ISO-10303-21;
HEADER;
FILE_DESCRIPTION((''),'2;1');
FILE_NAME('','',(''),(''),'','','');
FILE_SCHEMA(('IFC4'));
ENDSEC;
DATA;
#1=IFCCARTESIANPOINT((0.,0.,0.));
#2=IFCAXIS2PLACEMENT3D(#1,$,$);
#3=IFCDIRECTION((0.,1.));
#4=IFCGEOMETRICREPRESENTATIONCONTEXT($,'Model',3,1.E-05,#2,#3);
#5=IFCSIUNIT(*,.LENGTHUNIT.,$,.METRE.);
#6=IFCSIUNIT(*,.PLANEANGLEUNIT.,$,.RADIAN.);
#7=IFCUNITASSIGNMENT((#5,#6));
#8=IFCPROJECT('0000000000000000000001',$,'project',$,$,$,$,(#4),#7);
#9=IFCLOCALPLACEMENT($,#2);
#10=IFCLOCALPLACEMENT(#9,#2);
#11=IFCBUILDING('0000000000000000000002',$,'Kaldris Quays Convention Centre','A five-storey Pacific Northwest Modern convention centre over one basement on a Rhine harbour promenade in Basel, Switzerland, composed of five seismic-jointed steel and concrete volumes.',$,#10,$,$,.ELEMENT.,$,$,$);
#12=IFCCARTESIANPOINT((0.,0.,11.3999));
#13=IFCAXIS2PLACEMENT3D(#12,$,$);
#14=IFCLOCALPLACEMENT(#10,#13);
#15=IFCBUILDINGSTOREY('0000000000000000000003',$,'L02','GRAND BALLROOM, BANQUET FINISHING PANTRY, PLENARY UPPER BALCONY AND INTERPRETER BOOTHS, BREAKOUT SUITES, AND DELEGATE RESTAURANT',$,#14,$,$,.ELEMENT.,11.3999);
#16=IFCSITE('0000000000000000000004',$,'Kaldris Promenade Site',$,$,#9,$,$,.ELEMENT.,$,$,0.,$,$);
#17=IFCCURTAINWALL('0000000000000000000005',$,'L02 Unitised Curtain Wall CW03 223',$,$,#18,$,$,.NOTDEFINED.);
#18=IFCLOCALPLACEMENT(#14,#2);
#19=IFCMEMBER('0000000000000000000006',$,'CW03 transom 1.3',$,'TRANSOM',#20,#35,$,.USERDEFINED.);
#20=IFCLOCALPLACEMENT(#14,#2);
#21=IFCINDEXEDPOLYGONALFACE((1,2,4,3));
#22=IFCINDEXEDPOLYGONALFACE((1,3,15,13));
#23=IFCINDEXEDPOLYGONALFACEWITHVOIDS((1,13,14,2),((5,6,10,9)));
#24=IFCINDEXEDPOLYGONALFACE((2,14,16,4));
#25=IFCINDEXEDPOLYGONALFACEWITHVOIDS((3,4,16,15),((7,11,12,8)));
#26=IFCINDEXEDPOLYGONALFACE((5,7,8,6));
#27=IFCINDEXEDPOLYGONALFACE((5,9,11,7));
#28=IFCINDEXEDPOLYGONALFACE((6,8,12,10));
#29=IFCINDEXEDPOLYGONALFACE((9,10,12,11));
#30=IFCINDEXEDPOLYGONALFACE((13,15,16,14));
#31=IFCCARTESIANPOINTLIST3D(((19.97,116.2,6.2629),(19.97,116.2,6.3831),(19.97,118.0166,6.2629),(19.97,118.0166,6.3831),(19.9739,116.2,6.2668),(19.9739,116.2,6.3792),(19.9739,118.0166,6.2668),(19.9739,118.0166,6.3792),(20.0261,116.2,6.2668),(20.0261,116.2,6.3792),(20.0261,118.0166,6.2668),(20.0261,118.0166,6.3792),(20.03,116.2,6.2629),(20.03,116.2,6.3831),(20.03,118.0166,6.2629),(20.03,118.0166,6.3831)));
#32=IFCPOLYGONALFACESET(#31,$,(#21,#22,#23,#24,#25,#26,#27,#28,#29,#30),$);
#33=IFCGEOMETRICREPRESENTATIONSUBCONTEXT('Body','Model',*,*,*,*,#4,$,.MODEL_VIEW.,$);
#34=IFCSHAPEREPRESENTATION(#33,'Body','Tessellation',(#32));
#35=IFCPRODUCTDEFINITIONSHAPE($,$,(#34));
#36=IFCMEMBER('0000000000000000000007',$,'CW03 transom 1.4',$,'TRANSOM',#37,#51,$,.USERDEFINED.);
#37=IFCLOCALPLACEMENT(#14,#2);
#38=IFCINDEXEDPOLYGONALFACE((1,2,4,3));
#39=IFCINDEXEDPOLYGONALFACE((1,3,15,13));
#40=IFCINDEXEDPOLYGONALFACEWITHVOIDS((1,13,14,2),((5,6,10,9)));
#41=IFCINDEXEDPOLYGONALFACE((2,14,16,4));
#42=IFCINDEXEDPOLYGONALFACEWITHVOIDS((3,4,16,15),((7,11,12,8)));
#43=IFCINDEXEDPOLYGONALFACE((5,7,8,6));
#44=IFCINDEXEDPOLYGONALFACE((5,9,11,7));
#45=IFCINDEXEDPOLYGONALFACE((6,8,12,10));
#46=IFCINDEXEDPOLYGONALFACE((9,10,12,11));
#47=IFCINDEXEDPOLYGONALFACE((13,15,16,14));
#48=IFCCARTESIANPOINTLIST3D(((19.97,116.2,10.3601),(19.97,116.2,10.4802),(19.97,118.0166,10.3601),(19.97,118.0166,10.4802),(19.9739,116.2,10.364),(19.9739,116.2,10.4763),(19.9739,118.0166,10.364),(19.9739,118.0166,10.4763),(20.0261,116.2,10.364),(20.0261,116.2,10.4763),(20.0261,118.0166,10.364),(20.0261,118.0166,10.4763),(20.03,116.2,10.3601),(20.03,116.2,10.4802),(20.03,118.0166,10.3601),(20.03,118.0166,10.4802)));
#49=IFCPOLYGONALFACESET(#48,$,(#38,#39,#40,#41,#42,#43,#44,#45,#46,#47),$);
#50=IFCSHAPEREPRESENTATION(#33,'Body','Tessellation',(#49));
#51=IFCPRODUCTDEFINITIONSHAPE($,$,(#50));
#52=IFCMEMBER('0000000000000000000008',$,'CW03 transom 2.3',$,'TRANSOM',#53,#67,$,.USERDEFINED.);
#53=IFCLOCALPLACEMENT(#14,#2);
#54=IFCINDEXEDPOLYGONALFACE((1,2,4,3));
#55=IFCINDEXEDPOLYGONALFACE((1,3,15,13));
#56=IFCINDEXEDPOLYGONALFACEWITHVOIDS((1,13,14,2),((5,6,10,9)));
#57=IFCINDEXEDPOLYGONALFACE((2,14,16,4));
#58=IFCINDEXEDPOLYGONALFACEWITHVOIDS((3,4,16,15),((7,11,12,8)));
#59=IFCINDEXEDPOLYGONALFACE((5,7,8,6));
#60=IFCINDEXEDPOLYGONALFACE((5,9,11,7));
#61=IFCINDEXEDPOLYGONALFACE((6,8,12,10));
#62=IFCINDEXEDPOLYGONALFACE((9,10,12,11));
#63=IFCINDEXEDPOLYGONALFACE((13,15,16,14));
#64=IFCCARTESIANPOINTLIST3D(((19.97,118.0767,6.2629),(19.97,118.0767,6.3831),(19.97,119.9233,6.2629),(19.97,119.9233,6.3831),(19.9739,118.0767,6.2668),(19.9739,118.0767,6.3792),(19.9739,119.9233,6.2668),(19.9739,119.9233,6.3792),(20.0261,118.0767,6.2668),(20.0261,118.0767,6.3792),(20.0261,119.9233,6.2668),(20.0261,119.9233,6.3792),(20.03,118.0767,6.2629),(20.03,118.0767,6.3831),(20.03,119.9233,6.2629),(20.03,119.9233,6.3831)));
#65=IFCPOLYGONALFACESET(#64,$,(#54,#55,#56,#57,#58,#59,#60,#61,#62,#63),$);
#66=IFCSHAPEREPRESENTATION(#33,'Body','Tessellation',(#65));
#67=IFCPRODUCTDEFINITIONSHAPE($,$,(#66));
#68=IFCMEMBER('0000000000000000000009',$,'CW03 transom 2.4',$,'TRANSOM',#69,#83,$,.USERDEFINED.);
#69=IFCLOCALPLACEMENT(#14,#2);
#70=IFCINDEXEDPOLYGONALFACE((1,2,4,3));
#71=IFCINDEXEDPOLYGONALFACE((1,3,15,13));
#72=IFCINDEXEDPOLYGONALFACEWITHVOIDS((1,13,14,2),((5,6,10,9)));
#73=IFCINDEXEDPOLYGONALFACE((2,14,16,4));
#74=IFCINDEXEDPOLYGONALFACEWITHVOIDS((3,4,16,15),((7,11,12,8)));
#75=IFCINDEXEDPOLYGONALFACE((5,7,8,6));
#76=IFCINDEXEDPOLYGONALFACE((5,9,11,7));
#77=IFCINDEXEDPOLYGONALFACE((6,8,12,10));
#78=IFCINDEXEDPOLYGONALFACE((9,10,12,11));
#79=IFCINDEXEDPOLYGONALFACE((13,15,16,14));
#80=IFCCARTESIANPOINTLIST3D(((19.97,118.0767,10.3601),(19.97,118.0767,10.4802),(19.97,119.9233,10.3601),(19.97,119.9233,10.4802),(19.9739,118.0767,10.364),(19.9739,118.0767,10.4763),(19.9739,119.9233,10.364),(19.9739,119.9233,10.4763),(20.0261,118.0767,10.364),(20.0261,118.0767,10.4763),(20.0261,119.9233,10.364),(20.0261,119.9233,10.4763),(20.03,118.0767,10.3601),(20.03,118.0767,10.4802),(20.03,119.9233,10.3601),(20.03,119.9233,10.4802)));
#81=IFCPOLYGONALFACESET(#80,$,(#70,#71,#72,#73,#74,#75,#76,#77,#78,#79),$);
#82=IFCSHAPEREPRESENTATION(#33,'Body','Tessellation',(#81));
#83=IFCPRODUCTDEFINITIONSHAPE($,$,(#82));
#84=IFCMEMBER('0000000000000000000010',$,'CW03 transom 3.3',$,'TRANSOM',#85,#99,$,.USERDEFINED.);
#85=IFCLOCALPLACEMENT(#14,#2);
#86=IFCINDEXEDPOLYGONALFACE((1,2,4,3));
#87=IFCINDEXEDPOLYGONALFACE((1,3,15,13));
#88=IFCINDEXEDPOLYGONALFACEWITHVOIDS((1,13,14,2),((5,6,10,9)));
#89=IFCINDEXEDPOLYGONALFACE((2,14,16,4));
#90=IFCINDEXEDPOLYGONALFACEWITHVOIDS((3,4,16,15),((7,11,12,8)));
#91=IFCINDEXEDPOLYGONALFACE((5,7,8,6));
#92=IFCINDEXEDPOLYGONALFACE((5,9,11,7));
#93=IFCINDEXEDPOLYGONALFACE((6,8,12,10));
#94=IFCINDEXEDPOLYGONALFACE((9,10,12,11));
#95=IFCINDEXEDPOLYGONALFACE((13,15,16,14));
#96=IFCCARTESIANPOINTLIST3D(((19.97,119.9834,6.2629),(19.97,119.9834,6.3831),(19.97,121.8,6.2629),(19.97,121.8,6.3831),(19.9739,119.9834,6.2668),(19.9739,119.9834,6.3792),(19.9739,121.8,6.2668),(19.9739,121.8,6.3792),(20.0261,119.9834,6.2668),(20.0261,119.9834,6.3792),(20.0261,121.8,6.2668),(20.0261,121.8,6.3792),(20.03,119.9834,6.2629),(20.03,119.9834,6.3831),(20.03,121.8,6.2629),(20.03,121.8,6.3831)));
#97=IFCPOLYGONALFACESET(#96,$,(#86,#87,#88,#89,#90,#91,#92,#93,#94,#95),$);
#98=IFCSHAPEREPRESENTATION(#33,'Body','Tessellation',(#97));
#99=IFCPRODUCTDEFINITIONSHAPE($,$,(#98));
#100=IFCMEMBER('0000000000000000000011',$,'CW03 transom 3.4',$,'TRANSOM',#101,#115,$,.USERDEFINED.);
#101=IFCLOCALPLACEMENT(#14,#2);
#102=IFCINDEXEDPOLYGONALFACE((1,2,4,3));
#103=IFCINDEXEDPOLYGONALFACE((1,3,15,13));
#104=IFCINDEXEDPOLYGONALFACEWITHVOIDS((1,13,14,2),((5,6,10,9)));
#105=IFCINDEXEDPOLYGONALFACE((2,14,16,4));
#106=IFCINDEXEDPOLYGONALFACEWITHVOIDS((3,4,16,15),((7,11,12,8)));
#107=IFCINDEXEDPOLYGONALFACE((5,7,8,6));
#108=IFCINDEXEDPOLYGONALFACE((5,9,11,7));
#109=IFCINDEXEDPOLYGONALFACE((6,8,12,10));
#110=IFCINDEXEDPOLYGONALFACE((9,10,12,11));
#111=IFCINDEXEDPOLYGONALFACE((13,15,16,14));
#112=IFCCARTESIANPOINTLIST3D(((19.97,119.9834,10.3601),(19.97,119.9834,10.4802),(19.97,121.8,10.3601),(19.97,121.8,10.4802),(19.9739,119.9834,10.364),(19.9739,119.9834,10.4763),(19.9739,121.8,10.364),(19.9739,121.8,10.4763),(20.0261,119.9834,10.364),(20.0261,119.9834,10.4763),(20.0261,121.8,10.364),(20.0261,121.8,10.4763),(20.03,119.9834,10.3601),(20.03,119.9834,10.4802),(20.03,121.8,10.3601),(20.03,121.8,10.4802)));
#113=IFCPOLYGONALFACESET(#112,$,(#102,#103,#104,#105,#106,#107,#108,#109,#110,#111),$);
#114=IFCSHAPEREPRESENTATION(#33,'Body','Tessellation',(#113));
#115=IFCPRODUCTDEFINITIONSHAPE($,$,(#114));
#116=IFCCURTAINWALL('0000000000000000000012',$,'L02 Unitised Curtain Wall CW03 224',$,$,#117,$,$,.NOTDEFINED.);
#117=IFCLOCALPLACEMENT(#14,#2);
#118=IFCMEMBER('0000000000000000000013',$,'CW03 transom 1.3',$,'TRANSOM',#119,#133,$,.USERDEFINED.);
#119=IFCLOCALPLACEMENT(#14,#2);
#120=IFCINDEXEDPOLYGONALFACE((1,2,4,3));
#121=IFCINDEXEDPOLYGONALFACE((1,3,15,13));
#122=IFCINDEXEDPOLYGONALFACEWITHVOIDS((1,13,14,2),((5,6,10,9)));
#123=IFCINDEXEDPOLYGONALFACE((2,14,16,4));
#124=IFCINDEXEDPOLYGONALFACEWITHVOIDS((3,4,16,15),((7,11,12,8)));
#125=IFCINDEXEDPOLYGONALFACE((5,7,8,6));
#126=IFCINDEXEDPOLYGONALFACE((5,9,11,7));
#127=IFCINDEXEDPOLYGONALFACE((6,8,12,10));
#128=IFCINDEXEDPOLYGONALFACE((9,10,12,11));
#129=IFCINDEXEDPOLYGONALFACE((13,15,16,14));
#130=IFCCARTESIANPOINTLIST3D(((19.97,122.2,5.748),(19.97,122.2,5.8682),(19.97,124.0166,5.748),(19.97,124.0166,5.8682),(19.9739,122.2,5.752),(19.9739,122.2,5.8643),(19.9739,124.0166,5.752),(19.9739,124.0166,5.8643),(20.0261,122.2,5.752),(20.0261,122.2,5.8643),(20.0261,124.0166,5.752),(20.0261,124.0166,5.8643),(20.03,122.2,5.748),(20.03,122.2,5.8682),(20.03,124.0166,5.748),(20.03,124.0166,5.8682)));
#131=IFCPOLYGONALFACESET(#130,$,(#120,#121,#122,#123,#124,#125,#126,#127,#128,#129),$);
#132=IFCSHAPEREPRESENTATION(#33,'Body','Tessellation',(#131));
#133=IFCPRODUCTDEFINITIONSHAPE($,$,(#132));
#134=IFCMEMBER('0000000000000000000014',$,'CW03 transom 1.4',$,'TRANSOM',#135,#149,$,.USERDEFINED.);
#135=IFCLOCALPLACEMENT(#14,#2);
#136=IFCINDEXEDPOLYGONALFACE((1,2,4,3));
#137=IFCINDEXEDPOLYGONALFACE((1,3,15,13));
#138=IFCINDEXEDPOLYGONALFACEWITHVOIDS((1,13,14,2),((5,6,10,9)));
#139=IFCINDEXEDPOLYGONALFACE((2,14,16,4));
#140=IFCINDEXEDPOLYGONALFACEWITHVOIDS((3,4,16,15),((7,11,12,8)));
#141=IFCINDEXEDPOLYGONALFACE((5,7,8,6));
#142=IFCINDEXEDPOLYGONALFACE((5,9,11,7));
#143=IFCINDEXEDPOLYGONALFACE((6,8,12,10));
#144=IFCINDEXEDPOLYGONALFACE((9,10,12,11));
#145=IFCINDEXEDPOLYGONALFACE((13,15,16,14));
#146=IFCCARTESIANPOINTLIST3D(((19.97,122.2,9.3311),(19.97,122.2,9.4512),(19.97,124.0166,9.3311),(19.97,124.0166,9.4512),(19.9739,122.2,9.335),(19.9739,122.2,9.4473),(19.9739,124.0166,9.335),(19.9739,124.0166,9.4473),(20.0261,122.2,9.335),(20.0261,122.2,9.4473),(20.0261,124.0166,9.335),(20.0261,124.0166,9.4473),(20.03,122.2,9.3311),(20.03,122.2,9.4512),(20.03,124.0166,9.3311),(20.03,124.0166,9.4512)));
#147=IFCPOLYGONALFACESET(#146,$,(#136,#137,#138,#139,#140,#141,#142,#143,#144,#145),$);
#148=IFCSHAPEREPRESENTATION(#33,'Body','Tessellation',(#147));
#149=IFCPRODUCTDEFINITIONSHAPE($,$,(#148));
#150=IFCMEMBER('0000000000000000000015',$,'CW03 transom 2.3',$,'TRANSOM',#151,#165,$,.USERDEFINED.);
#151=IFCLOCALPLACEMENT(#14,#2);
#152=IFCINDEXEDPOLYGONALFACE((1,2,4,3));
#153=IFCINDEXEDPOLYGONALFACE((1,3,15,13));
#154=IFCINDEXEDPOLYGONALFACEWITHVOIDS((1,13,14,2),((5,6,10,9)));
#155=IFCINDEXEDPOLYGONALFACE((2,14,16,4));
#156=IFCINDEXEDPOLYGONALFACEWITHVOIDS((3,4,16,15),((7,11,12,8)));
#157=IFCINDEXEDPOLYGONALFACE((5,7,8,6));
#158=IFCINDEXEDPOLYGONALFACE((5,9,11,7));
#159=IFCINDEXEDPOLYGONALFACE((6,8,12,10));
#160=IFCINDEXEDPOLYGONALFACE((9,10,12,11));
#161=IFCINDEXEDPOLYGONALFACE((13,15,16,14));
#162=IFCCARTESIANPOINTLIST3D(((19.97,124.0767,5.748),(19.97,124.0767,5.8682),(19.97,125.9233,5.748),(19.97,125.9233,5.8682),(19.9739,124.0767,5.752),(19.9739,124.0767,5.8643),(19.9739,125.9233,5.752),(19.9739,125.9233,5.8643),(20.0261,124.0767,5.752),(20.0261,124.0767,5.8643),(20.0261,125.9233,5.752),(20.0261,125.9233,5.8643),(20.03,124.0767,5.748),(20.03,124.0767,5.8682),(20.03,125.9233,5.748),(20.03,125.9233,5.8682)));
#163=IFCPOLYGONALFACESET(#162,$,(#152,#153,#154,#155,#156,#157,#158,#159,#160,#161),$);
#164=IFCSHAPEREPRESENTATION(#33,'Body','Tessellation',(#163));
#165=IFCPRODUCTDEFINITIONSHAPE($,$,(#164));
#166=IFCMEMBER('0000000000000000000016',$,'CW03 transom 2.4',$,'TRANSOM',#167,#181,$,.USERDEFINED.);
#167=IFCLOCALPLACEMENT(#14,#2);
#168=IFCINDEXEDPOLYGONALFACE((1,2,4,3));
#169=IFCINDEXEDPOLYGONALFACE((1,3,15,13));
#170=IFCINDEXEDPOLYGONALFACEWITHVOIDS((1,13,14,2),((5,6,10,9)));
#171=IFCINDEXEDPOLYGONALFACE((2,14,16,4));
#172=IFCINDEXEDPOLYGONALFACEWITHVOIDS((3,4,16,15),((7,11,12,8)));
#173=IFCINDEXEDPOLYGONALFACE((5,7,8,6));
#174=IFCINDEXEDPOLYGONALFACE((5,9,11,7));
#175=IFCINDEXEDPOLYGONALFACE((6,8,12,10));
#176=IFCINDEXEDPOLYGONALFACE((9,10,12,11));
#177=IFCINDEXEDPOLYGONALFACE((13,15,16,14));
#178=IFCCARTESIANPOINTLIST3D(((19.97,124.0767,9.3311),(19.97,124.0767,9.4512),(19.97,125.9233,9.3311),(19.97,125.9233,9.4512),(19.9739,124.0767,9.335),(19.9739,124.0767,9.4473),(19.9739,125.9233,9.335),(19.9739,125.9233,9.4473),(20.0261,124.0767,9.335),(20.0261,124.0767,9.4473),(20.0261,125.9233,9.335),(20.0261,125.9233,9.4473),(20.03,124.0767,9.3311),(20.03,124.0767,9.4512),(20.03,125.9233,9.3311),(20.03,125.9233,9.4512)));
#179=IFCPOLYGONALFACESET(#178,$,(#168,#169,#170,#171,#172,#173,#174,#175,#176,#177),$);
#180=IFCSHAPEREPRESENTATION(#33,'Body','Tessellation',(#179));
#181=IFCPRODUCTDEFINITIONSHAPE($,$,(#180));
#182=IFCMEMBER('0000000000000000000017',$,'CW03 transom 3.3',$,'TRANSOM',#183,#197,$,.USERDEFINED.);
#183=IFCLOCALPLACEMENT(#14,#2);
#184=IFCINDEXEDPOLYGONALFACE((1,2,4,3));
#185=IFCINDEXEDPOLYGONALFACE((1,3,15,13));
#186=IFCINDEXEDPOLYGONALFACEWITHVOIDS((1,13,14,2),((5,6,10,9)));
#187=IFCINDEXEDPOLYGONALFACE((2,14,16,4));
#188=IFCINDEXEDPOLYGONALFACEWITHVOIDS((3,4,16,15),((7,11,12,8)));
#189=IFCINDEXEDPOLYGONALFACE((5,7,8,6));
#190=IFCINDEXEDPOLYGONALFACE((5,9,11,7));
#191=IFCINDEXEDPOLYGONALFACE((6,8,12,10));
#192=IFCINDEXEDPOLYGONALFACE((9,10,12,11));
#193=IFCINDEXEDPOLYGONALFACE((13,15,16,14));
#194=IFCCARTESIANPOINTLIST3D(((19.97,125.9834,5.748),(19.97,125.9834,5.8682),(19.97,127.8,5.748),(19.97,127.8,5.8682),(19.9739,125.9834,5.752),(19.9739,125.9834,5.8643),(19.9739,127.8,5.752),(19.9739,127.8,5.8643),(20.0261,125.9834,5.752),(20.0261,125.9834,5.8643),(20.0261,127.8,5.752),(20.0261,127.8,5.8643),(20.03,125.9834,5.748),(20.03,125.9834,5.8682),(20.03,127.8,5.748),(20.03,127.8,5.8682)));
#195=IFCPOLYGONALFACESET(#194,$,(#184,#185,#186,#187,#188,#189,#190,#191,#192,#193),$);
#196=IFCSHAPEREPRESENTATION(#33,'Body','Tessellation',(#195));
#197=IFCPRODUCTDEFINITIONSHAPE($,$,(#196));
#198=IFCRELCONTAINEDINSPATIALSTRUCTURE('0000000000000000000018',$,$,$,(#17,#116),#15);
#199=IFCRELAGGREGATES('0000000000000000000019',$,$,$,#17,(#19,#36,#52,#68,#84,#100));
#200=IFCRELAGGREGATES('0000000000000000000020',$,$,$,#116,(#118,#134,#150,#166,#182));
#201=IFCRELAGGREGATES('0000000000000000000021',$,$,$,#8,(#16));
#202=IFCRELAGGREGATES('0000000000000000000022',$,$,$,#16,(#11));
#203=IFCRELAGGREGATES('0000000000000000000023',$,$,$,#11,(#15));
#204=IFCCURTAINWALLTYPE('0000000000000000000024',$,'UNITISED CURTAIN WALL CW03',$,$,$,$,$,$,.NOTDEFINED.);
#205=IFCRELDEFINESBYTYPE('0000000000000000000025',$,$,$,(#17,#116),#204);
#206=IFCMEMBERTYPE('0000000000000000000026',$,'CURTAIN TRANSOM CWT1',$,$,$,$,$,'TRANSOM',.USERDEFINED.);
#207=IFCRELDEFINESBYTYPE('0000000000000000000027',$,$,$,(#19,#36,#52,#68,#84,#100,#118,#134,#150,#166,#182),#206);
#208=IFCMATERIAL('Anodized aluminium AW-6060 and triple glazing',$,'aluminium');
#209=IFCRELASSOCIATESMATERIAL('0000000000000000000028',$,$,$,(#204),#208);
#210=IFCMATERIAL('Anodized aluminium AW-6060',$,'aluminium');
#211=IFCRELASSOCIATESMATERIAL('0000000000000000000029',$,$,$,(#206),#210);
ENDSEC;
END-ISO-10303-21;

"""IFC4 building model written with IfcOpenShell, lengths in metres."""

from ifc_helpers import new_model, si_unit, direction, frame, origin, origin_2d, place, context, subcontext, project, spatial, hollow_rectangle, extrude, material, material_profile, profile_set, type_object, element, aggregate, save


model = new_model("IFC4")

# Units and contexts
model_context = context("Model", 3, precision=1e-05, world=origin(), true_north=direction((0.0, 1.0)))
body_context = subcontext(model_context, "Body", "Model", "MODEL_VIEW")
ifc_project = project(units=[si_unit("LENGTHUNIT", "METRE"), si_unit("PLANEANGLEUNIT", "RADIAN")], contexts=[model_context])

# Site, building, storey
site_placement = place(None, origin())
site = spatial("IfcSite", under=ifc_project, at=site_placement, Name="Kaldris Promenade Site", CompositionType="ELEMENT", RefElevation=0.0)
building_placement = place(site_placement, origin())
building = spatial("IfcBuilding", under=site, at=building_placement, Name="Kaldris Quays Convention Centre", Description="A five-storey Pacific Northwest Modern convention centre over one basement on a Rhine harbour promenade in Basel, Switzerland, composed of five seismic-jointed steel and concrete volumes.", CompositionType="ELEMENT")
storey_placement = place(building_placement, frame((0.0, 0.0, 11.3999)))
storey = spatial("IfcBuildingStorey", under=building, at=storey_placement, Name="L02", Description="GRAND BALLROOM, BANQUET FINISHING PANTRY, PLENARY UPPER BALCONY AND INTERPRETER BOOTHS, BREAKOUT SUITES, AND DELEGATE RESTAURANT", CompositionType="ELEMENT", Elevation=11.3999)

# Curtain walls, members
ifc_material_1 = material(Name="Anodized aluminium AW-6060 and triple glazing", Category="aluminium")
curtain_wall_type = type_object("IfcCurtainWallType", Name="UNITISED CURTAIN WALL CW03", PredefinedType="NOTDEFINED", material=ifc_material_1)
curtain_wall_1_placement = place(storey_placement, origin())
curtain_wall_1 = element("IfcCurtainWall", 1, at=curtain_wall_1_placement, inside=storey, type_object=curtain_wall_type, Name="L02 Unitised Curtain Wall CW03 223", PredefinedType="NOTDEFINED")
ifc_material_2 = material(Name="Anodized aluminium AW-6060", Category="aluminium")
ifc_material_profile_1 = material_profile(ifc_material_2, hollow_rectangle(XDim=0.0601, YDim=0.1201, WallThickness=0.0039, at=origin_2d()), Name="RHS 120x60x4")
ifc_profile_set_1 = profile_set([ifc_material_profile_1], Name="Anodized aluminium AW-6060")
member_type_1 = type_object("IfcMemberType", Name="CURTAIN TRANSOM CWT1", ElementType="TRANSOM", PredefinedType="USERDEFINED", material=ifc_profile_set_1)
member_1_placement = place(storey_placement, frame((20.0, 116.2, 6.323), z_axis=(0.0, 1.0, 0.0), x_axis=(-1.0, 0.0, 0.0)))
member_1 = element("IfcMember", 2, at=member_1_placement, type_object=member_type_1, Name="CW03 transom 1.3", ObjectType="TRANSOM", PredefinedType="USERDEFINED", context=body_context, shape_type="SweptSolid", body=[
    extrude(hollow_rectangle(XDim=0.0601, YDim=0.1201, WallThickness=0.0039, at=origin_2d()), origin(), (0.0, 0.0, 1.0), 1.8167),
])
member_2_placement = place(storey_placement, frame((20.0, 116.2, 10.4202), z_axis=(0.0, 1.0, 0.0), x_axis=(-1.0, 0.0, 0.0)))
member_2 = element("IfcMember", 3, at=member_2_placement, type_object=member_type_1, Name="CW03 transom 1.4", ObjectType="TRANSOM", PredefinedType="USERDEFINED", context=body_context, shape_type="SweptSolid", body=[
    extrude(hollow_rectangle(XDim=0.0601, YDim=0.1201, WallThickness=0.0039, at=origin_2d()), origin(), (0.0, 0.0, 1.0), 1.8167),
])
member_3_placement = place(storey_placement, frame((20.0, 118.0767, 6.323), z_axis=(0.0, 1.0, 0.0), x_axis=(-1.0, 0.0, 0.0)))
member_3 = element("IfcMember", 4, at=member_3_placement, type_object=member_type_1, Name="CW03 transom 2.3", ObjectType="TRANSOM", PredefinedType="USERDEFINED", context=body_context, shape_type="SweptSolid", body=[
    extrude(hollow_rectangle(XDim=0.0601, YDim=0.1201, WallThickness=0.0039, at=origin_2d()), origin(), (0.0, 0.0, 1.0), 1.8467),
])
member_4_placement = place(storey_placement, frame((20.0, 118.0767, 10.4202), z_axis=(0.0, 1.0, 0.0), x_axis=(-1.0, 0.0, 0.0)))
member_4 = element("IfcMember", 5, at=member_4_placement, type_object=member_type_1, Name="CW03 transom 2.4", ObjectType="TRANSOM", PredefinedType="USERDEFINED", context=body_context, shape_type="SweptSolid", body=[
    extrude(hollow_rectangle(XDim=0.0601, YDim=0.1201, WallThickness=0.0039, at=origin_2d()), origin(), (0.0, 0.0, 1.0), 1.8467),
])
member_5_placement = place(storey_placement, frame((20.0, 119.9834, 6.323), z_axis=(0.0, 1.0, 0.0), x_axis=(-1.0, 0.0, 0.0)))
member_5 = element("IfcMember", 6, at=member_5_placement, type_object=member_type_1, Name="CW03 transom 3.3", ObjectType="TRANSOM", PredefinedType="USERDEFINED", context=body_context, shape_type="SweptSolid", body=[
    extrude(hollow_rectangle(XDim=0.0601, YDim=0.1201, WallThickness=0.0039, at=origin_2d()), origin(), (0.0, 0.0, 1.0), 1.8167),
])
member_6_placement = place(storey_placement, frame((20.0, 119.9834, 10.4202), z_axis=(0.0, 1.0, 0.0), x_axis=(-1.0, 0.0, 0.0)))
member_6 = element("IfcMember", 7, at=member_6_placement, type_object=member_type_1, Name="CW03 transom 3.4", ObjectType="TRANSOM", PredefinedType="USERDEFINED", context=body_context, shape_type="SweptSolid", body=[
    extrude(hollow_rectangle(XDim=0.0601, YDim=0.1201, WallThickness=0.0039, at=origin_2d()), origin(), (0.0, 0.0, 1.0), 1.8167),
])
curtain_wall_2_placement = place(storey_placement, origin())
curtain_wall_2 = element("IfcCurtainWall", 8, at=curtain_wall_2_placement, inside=storey, type_object=curtain_wall_type, Name="L02 Unitised Curtain Wall CW03 224", PredefinedType="NOTDEFINED")
member_7_placement = place(storey_placement, frame((20.0, 122.2, 5.8081), z_axis=(0.0, 1.0, 0.0), x_axis=(-1.0, 0.0, 0.0)))
member_7 = element("IfcMember", 9, at=member_7_placement, type_object=member_type_1, Name="CW03 transom 1.3", ObjectType="TRANSOM", PredefinedType="USERDEFINED", context=body_context, shape_type="SweptSolid", body=[
    extrude(hollow_rectangle(XDim=0.0601, YDim=0.1201, WallThickness=0.0039, at=origin_2d()), origin(), (0.0, 0.0, 1.0), 1.8167),
])
member_8_placement = place(storey_placement, frame((20.0, 122.2, 9.3911), z_axis=(0.0, 1.0, 0.0), x_axis=(-1.0, 0.0, 0.0)))
member_8 = element("IfcMember", 10, at=member_8_placement, type_object=member_type_1, Name="CW03 transom 1.4", ObjectType="TRANSOM", PredefinedType="USERDEFINED", context=body_context, shape_type="SweptSolid", body=[
    extrude(hollow_rectangle(XDim=0.0601, YDim=0.1201, WallThickness=0.0039, at=origin_2d()), origin(), (0.0, 0.0, 1.0), 1.8167),
])
member_9_placement = place(storey_placement, frame((20.0, 124.0767, 5.8081), z_axis=(0.0, 1.0, 0.0), x_axis=(-1.0, 0.0, 0.0)))
member_9 = element("IfcMember", 11, at=member_9_placement, type_object=member_type_1, Name="CW03 transom 2.3", ObjectType="TRANSOM", PredefinedType="USERDEFINED", context=body_context, shape_type="SweptSolid", body=[
    extrude(hollow_rectangle(XDim=0.0601, YDim=0.1201, WallThickness=0.0039, at=origin_2d()), origin(), (0.0, 0.0, 1.0), 1.8467),
])
member_10_placement = place(storey_placement, frame((20.0, 124.0767, 9.3911), z_axis=(0.0, 1.0, 0.0), x_axis=(-1.0, 0.0, 0.0)))
member_10 = element("IfcMember", 12, at=member_10_placement, type_object=member_type_1, Name="CW03 transom 2.4", ObjectType="TRANSOM", PredefinedType="USERDEFINED", context=body_context, shape_type="SweptSolid", body=[
    extrude(hollow_rectangle(XDim=0.0601, YDim=0.1201, WallThickness=0.0039, at=origin_2d()), origin(), (0.0, 0.0, 1.0), 1.8467),
])
member_11_placement = place(storey_placement, frame((20.0, 125.9834, 5.8081), z_axis=(0.0, 1.0, 0.0), x_axis=(-1.0, 0.0, 0.0)))
member_11 = element("IfcMember", 13, at=member_11_placement, type_object=member_type_1, Name="CW03 transom 3.3", ObjectType="TRANSOM", PredefinedType="USERDEFINED", context=body_context, shape_type="SweptSolid", body=[
    extrude(hollow_rectangle(XDim=0.0601, YDim=0.1201, WallThickness=0.0039, at=origin_2d()), origin(), (0.0, 0.0, 1.0), 1.8167),
])

aggregate(curtain_wall_1, [member_1, member_2, member_3, member_4, member_5, member_6])
aggregate(curtain_wall_2, [member_7, member_8, member_9, member_10, member_11])

save(model, "model.ifc")
